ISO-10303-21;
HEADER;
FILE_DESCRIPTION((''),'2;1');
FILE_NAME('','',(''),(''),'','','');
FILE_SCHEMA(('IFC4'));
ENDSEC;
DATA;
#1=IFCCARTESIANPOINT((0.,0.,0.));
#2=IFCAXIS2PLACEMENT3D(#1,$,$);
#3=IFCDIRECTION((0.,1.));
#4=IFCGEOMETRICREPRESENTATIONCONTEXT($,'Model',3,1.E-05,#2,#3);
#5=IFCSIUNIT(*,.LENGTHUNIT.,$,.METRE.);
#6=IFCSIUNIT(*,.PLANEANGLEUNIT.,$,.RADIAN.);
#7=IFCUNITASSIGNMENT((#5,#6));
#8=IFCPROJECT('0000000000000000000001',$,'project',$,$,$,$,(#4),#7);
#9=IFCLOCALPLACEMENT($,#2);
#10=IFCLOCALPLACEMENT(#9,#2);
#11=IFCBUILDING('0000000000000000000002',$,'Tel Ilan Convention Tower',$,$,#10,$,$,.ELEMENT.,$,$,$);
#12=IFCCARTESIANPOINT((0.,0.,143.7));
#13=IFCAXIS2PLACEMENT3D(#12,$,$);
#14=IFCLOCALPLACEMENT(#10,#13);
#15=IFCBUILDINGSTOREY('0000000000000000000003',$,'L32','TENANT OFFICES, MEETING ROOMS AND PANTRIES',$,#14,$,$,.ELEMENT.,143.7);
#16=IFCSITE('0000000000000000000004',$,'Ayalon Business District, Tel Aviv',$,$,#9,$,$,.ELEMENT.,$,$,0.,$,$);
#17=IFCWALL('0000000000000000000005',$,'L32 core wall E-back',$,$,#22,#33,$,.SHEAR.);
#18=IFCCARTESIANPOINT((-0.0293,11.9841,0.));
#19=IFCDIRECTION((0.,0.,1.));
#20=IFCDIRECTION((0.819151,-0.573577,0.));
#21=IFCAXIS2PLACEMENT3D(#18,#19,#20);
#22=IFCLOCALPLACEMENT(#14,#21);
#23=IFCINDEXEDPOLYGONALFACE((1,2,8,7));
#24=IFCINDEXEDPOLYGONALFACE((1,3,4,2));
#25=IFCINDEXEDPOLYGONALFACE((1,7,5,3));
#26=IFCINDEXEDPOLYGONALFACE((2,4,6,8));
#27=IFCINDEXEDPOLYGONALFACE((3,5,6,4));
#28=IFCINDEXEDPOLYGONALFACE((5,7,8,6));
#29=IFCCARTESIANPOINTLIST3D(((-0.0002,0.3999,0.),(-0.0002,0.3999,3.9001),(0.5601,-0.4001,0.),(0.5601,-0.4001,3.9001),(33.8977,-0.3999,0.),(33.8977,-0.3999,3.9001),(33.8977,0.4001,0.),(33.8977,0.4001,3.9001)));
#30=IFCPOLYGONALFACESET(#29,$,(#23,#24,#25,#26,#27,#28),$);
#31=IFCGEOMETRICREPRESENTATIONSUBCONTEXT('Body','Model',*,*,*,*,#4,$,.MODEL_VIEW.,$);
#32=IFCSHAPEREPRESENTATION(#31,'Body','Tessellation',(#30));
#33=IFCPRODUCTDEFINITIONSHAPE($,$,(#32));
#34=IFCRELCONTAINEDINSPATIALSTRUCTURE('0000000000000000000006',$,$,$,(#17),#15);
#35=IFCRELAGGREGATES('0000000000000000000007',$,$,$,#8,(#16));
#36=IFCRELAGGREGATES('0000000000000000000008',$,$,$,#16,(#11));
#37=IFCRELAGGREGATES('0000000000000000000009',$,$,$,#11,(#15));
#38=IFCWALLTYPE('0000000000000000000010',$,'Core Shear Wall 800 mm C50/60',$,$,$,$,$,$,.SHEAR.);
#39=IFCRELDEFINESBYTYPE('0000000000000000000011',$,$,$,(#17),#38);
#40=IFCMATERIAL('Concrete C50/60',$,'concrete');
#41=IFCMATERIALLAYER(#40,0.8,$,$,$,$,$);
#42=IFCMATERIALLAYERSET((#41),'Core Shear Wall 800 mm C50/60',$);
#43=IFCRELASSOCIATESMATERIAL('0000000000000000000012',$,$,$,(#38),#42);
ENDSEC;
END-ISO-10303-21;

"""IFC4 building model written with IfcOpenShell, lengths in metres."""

from ifc_helpers import new_model, si_unit, direction, frame, origin, place, context, subcontext, project, spatial, polyline, outline, extrude, material, layer, layer_set, type_object, element, save


model = new_model("IFC4")

# Units and contexts
model_context = context("Model", 3, precision=1e-05, world=origin(), true_north=direction((0.0, 1.0)))
body_context = subcontext(model_context, "Body", "Model", "MODEL_VIEW")
ifc_project = project(units=[si_unit("LENGTHUNIT", "METRE"), si_unit("PLANEANGLEUNIT", "RADIAN")], contexts=[model_context])

# Site, building, storey
site_placement = place(None, origin())
site = spatial("IfcSite", under=ifc_project, at=site_placement, Name="Ayalon Business District, Tel Aviv", CompositionType="ELEMENT", RefElevation=0.0)
building_placement = place(site_placement, origin())
building = spatial("IfcBuilding", under=site, at=building_placement, Name="Tel Ilan Convention Tower", CompositionType="ELEMENT")
storey_placement = place(building_placement, frame((0.0, 0.0, 143.7)))
storey = spatial("IfcBuildingStorey", under=building, at=storey_placement, Name="L32", Description="TENANT OFFICES, MEETING ROOMS AND PANTRIES", CompositionType="ELEMENT", Elevation=143.7)

# Wall
ifc_material_1 = material(Name="Concrete C50/60", Category="concrete")
ifc_layer_1 = layer(ifc_material_1, 0.8)
ifc_layer_set_1 = layer_set([ifc_layer_1], Name="Core Shear Wall 800 mm C50/60")
wall_type_1 = type_object("IfcWallType", Name="Core Shear Wall 800 mm C50/60", PredefinedType="SHEAR", material=ifc_layer_set_1)
wall_1_placement = place(storey_placement, frame((-0.0293, 11.9841, 0.0), z_axis=(0.0, 0.0, 1.0), x_axis=(0.819151, -0.573577, 0.0)))
element("IfcWall", 1, at=wall_1_placement, inside=storey, type_object=wall_type_1, Name="L32 core wall E-back", PredefinedType="SHEAR", context=body_context, shape_type="SweptSolid", body=[
    extrude(outline(polyline([(33.8977, 0.4001), (-0.0002, 0.3999), (0.5601, -0.4001), (33.8977, -0.3999), (33.8977, 0.4001)])), origin(), (0.0, 0.0, 1.0), 3.9001),
])

save(model, "model.ifc")
